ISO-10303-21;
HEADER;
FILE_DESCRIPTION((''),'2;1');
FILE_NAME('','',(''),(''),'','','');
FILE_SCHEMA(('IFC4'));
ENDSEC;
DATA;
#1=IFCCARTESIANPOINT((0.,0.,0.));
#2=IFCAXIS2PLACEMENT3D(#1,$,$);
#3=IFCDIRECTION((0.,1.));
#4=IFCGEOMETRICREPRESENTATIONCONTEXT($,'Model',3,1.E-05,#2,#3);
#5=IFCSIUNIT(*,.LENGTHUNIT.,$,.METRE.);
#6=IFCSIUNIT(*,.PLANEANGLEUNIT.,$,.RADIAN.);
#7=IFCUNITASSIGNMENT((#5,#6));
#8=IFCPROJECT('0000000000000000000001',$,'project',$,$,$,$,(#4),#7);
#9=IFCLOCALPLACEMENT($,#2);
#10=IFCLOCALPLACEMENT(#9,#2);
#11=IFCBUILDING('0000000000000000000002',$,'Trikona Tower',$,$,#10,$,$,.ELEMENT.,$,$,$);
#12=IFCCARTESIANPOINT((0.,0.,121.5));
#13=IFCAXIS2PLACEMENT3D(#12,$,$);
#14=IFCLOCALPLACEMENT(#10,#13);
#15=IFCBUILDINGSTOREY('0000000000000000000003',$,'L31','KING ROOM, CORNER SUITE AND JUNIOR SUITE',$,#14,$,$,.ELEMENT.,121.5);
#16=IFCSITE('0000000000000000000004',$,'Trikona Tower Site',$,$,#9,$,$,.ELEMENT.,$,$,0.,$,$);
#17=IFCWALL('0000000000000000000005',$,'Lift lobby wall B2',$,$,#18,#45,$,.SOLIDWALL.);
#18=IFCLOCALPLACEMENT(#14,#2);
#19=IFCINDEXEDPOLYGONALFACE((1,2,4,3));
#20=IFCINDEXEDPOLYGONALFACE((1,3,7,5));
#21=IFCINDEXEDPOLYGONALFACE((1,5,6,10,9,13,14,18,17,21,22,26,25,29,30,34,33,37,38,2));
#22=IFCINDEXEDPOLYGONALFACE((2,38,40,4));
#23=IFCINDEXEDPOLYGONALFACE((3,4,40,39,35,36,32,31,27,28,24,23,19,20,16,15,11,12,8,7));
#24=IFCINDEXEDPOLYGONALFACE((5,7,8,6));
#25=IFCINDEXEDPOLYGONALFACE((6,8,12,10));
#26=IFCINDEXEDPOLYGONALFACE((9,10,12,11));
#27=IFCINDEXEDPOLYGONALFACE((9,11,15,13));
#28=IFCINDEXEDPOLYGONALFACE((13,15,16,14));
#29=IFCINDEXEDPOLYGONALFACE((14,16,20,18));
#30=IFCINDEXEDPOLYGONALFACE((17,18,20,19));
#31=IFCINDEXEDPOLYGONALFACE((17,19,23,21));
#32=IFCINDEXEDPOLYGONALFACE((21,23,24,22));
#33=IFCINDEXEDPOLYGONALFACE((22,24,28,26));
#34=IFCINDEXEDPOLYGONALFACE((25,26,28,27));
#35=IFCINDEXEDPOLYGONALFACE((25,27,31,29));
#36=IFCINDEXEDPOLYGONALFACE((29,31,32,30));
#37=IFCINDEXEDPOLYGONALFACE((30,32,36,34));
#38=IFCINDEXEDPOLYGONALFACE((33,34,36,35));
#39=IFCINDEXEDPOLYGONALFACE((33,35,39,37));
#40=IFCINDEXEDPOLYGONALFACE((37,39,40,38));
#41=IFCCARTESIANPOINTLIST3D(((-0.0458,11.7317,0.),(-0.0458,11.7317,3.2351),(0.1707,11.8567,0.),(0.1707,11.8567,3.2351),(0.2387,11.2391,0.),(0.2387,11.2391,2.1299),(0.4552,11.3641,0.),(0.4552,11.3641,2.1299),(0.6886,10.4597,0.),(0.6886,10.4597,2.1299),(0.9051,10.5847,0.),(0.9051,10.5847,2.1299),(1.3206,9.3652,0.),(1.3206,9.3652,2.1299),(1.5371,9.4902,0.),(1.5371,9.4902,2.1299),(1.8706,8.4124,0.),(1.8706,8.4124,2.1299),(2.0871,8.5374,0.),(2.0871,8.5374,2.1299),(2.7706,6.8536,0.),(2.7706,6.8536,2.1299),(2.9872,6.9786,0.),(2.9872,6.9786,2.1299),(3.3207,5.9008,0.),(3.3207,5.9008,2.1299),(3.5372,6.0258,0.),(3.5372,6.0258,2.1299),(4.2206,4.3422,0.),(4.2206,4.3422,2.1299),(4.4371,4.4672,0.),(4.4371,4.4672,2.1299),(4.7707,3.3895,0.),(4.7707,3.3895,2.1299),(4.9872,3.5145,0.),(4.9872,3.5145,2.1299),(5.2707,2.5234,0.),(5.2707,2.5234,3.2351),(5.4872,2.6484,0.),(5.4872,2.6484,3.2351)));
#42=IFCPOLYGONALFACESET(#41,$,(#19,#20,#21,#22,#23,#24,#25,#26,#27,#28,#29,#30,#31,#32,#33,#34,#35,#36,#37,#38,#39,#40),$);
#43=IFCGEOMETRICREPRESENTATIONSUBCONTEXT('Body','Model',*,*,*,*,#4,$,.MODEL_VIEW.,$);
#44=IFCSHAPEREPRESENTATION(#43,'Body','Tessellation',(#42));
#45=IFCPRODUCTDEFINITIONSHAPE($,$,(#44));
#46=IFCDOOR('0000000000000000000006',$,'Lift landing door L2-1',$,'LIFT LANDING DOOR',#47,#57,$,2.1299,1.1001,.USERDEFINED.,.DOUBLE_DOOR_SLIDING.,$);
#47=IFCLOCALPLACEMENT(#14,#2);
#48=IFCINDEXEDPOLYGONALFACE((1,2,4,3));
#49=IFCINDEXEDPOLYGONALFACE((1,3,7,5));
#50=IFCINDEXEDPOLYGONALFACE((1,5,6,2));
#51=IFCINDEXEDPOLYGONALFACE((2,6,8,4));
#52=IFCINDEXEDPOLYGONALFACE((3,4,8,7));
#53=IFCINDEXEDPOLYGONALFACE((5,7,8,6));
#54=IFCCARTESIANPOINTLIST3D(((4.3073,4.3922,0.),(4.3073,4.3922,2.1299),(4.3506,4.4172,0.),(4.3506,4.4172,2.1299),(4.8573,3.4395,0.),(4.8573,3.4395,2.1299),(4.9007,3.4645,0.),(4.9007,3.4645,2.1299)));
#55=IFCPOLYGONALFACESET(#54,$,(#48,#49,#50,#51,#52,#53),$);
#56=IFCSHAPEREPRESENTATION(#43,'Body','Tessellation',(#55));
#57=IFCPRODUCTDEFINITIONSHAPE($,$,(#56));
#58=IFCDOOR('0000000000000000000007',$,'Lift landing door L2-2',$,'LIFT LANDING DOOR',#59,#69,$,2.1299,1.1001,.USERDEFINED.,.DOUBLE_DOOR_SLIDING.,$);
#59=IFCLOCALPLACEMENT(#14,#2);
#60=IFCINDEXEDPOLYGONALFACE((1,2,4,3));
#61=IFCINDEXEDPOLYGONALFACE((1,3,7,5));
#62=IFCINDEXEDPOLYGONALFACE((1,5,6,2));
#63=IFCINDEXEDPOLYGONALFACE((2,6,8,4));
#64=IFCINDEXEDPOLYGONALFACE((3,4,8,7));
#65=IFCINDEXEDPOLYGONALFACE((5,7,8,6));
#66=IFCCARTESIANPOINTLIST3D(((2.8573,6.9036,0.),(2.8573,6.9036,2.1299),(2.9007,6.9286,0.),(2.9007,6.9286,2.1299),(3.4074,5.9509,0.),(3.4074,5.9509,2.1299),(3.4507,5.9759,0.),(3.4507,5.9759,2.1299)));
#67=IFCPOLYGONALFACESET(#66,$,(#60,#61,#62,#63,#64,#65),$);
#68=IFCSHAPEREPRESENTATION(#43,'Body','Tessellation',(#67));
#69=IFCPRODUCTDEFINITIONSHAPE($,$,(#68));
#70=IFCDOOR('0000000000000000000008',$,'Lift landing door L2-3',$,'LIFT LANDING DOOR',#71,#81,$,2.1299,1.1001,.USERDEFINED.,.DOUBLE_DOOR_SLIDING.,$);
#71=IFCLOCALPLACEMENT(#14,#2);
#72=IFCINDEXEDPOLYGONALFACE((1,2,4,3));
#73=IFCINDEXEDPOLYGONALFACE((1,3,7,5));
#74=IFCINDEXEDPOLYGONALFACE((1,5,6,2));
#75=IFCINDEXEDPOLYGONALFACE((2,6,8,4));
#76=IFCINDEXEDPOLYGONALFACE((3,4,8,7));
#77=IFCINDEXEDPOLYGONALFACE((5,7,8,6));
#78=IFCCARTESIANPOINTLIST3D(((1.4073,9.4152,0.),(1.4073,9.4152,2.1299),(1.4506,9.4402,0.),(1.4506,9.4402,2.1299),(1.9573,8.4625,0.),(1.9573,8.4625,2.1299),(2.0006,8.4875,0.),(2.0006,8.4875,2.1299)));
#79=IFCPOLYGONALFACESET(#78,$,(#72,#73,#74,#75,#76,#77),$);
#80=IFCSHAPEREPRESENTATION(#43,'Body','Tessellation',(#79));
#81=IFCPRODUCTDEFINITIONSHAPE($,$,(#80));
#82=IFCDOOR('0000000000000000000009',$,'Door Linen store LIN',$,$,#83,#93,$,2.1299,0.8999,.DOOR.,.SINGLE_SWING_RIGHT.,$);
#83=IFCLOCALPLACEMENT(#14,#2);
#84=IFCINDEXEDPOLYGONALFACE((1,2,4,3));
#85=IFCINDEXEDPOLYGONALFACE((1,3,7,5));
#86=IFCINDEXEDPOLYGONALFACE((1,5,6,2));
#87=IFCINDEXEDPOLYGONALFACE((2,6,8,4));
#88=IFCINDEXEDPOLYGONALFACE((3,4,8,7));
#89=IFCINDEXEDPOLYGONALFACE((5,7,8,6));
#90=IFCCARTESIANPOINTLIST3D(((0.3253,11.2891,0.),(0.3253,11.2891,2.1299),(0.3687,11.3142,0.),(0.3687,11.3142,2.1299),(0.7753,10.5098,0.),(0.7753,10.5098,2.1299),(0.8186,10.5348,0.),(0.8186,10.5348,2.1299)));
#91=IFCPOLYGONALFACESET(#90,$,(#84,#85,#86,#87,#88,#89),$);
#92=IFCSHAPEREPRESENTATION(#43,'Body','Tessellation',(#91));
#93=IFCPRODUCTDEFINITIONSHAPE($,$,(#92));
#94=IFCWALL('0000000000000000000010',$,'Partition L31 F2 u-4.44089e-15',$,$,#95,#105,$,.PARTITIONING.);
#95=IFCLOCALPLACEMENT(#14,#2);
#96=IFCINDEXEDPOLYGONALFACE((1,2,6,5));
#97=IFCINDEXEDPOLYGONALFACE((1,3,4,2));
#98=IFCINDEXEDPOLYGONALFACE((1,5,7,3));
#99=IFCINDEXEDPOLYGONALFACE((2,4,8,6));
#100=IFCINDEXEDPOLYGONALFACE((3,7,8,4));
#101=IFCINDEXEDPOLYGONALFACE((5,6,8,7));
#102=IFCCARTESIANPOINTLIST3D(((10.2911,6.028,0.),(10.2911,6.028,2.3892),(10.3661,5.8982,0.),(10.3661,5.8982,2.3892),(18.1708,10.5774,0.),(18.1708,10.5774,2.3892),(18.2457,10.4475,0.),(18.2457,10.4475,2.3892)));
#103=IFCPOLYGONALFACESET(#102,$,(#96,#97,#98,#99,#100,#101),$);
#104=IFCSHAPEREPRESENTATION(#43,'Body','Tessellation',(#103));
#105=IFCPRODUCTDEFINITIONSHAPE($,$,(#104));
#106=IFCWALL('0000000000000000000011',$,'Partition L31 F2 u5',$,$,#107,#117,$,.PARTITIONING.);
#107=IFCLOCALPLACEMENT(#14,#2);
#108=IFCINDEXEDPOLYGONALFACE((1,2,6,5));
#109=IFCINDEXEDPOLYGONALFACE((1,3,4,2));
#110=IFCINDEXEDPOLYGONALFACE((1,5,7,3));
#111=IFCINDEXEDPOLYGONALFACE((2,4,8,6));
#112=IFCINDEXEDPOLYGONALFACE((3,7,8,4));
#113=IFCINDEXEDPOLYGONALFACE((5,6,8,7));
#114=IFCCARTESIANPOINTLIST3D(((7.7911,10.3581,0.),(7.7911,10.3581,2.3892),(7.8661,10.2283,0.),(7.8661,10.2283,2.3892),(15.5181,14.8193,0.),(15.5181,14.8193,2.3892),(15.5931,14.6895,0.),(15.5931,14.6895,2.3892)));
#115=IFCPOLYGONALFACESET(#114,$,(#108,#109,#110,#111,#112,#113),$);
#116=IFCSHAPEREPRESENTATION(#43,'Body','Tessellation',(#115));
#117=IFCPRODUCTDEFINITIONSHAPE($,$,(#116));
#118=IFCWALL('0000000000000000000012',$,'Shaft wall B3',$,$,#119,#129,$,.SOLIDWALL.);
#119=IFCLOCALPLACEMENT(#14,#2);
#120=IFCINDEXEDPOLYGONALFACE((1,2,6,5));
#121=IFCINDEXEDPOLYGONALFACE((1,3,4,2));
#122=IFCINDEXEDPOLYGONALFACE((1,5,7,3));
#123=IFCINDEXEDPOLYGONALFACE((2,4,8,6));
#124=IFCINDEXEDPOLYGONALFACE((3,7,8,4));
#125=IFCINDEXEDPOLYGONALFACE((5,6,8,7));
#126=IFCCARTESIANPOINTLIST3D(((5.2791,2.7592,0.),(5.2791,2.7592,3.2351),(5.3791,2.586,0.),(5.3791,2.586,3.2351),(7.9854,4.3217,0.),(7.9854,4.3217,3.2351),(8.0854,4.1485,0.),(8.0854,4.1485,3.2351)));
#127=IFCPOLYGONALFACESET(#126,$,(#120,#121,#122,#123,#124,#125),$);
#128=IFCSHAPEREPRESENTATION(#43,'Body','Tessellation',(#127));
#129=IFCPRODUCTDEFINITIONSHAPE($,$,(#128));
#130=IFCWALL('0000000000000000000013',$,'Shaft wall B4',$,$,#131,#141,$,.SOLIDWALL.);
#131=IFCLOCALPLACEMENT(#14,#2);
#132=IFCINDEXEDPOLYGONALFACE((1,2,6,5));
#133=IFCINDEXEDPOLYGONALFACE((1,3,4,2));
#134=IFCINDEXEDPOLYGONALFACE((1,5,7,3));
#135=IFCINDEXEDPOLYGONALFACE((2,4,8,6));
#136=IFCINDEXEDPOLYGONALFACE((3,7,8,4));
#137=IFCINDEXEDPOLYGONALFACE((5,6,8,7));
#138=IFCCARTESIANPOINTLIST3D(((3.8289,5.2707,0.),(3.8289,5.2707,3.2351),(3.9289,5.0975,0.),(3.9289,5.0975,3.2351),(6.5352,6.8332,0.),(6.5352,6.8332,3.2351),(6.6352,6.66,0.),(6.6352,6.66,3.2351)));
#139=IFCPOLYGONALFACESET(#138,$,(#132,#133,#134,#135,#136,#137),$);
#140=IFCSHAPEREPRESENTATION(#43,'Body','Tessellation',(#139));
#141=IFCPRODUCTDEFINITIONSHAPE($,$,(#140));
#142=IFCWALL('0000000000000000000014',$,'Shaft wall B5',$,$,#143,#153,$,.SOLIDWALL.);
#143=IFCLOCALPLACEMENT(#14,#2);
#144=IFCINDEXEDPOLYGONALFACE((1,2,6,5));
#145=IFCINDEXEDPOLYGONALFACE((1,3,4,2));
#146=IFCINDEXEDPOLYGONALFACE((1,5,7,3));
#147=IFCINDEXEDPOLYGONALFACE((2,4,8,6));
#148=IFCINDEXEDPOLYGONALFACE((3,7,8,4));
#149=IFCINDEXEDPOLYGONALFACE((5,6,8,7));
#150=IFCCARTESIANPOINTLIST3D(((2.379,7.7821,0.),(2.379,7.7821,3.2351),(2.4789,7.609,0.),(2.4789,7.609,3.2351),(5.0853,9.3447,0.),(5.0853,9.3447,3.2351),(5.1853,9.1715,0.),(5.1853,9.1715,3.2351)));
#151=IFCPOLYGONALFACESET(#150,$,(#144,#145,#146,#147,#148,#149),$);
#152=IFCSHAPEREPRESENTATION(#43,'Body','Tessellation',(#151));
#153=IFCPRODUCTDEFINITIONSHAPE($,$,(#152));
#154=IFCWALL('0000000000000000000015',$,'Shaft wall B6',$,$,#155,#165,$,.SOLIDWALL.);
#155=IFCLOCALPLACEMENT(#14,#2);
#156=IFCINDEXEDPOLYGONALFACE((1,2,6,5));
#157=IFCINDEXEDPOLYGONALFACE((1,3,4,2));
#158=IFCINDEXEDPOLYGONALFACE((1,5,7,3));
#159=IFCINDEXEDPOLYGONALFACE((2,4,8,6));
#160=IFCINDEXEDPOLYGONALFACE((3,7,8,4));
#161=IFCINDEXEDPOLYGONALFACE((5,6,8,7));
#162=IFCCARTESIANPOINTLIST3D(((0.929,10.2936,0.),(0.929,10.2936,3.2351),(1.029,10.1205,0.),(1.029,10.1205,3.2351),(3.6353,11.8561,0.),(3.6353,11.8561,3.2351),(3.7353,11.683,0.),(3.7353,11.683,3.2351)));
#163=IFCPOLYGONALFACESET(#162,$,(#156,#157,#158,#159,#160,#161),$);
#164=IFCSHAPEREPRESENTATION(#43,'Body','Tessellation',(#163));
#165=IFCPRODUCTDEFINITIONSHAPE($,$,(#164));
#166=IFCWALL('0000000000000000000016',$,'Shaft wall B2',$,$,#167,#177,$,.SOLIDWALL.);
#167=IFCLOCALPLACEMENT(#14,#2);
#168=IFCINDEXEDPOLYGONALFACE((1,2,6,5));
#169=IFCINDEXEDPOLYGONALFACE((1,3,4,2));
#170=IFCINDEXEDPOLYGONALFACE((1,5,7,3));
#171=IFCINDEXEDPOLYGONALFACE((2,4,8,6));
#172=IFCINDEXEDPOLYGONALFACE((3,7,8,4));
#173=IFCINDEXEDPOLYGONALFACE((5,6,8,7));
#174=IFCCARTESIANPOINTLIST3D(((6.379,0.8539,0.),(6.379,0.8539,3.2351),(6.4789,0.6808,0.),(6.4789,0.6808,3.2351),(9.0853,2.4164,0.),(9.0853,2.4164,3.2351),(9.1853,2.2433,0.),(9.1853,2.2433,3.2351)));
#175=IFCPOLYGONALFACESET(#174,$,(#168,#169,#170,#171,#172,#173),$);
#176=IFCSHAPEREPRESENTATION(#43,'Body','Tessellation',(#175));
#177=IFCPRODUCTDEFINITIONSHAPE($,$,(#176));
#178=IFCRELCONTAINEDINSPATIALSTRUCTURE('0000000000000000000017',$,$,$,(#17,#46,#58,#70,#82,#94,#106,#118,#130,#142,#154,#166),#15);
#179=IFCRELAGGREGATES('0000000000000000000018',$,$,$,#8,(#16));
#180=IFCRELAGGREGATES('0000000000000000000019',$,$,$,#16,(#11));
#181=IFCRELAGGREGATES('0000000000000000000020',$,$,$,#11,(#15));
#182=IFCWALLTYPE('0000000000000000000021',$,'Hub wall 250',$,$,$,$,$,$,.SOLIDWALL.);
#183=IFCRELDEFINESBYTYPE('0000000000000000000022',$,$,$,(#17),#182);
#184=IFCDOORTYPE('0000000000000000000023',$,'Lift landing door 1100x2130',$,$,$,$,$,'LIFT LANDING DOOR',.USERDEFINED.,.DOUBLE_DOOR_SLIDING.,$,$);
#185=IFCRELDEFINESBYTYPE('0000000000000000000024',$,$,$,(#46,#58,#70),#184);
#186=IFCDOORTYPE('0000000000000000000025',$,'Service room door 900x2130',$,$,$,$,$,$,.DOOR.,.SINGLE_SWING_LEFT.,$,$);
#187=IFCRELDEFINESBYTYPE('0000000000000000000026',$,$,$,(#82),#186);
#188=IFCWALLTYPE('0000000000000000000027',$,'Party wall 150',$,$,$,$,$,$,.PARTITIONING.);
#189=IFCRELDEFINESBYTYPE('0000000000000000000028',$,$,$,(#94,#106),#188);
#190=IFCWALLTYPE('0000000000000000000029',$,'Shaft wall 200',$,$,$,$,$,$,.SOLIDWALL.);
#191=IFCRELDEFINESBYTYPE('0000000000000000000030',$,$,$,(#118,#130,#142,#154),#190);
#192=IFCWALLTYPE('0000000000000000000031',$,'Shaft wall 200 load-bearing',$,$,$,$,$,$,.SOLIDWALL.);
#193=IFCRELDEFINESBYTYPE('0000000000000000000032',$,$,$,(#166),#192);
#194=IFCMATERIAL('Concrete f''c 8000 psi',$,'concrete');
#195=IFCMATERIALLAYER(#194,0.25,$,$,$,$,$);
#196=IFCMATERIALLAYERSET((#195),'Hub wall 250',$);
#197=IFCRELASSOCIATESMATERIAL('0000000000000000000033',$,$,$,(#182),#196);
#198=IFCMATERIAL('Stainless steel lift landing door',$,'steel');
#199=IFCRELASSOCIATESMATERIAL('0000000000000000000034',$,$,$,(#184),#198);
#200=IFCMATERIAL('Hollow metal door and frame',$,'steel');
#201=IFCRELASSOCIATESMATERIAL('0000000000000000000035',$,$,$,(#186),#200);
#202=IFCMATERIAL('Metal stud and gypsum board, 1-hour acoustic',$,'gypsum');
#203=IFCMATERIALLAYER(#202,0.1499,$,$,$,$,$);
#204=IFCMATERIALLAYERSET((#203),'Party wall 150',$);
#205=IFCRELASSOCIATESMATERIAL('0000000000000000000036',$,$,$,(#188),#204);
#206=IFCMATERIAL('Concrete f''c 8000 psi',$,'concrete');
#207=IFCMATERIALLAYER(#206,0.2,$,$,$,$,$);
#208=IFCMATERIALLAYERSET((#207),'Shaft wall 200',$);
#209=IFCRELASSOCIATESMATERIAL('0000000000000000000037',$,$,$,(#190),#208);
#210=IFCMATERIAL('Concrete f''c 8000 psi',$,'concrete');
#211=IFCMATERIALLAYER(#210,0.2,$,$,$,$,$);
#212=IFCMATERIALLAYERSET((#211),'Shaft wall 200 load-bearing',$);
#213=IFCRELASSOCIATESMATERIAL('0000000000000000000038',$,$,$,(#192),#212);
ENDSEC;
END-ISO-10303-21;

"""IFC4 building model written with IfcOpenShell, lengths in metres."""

from ifc_helpers import new_model, si_unit, direction, frame, frame_2d, origin, place, context, subcontext, project, spatial, rectangle, extrude, material, layer, layer_set, type_object, element, fill, save


model = new_model("IFC4")

# Units and contexts
model_context = context("Model", 3, precision=1e-05, world=origin(), true_north=direction((0.0, 1.0)))
body_context = subcontext(model_context, "Body", "Model", "MODEL_VIEW")
ifc_project = project(units=[si_unit("LENGTHUNIT", "METRE"), si_unit("PLANEANGLEUNIT", "RADIAN")], contexts=[model_context])

# Site, building, storey
site_placement = place(None, origin())
site = spatial("IfcSite", under=ifc_project, at=site_placement, Name="Trikona Tower Site", CompositionType="ELEMENT", RefElevation=0.0)
building_placement = place(site_placement, origin())
building = spatial("IfcBuilding", under=site, at=building_placement, Name="Trikona Tower", CompositionType="ELEMENT")
storey_placement = place(building_placement, frame((0.0, 0.0, 121.5)))
storey = spatial("IfcBuildingStorey", under=building, at=storey_placement, Name="L31", Description="KING ROOM, CORNER SUITE AND JUNIOR SUITE", CompositionType="ELEMENT", Elevation=121.5)

# Wall, openings, doors
ifc_material_1 = material(Name="Concrete f'c 8000 psi", Category="concrete")
ifc_layer_1 = layer(ifc_material_1, 0.25)
ifc_layer_set_1 = layer_set([ifc_layer_1], Name="Hub wall 250")
wall_type_1 = type_object("IfcWallType", Name="Hub wall 250", PredefinedType="SOLIDWALL", material=ifc_layer_set_1)
wall_1_placement = place(storey_placement, frame((5.3789, 2.5859, 0.0), z_axis=(0.0, 0.0, 1.0), x_axis=(-0.500001, 0.866025, 0.0)))
wall_1 = element("IfcWall", 1, at=wall_1_placement, inside=storey, type_object=wall_type_1, Name="Lift lobby wall B2", PredefinedType="SOLIDWALL", context=body_context, shape_type="SweptSolid", body=[
    extrude(rectangle(XDim=10.6328, YDim=0.25, at=frame_2d((5.3164, 0.0))), origin(), (0.0, 0.0, 1.0), 3.2351),
])
opening_1_placement = place(wall_1_placement, frame((9.1641, 0.0, 0.0)))
opening_1 = element("IfcOpeningElement", 2, at=opening_1_placement, cuts=wall_1, PredefinedType="OPENING", context=body_context, shape_type="SweptSolid", body=[
    extrude(rectangle(XDim=0.8999, YDim=2.1299, at=frame_2d((0.45, 1.0649))), frame((0.0, 0.135, 0.0), z_axis=(0.0, -1.0, 0.0), x_axis=(1.0, 0.0, 0.0)), (0.0, 0.0, 1.0), 0.27),
])
opening_2_placement = place(wall_1_placement, frame((1.0, 0.0, 0.0)))
opening_2 = element("IfcOpeningElement", 3, at=opening_2_placement, cuts=wall_1, PredefinedType="OPENING", context=body_context, shape_type="SweptSolid", body=[
    extrude(rectangle(XDim=1.1001, YDim=2.1299, at=frame_2d((0.55, 1.0649))), frame((0.0, 0.135, 0.0), z_axis=(0.0, -1.0, 0.0), x_axis=(1.0, 0.0, 0.0)), (0.0, 0.0, 1.0), 0.27),
])
opening_3_placement = place(wall_1_placement, frame((3.8999, 0.0, 0.0)))
opening_3 = element("IfcOpeningElement", 4, at=opening_3_placement, cuts=wall_1, PredefinedType="OPENING", context=body_context, shape_type="SweptSolid", body=[
    extrude(rectangle(XDim=1.1001, YDim=2.1299, at=frame_2d((0.55, 1.0649))), frame((0.0, 0.135, 0.0), z_axis=(0.0, -1.0, 0.0), x_axis=(1.0, 0.0, 0.0)), (0.0, 0.0, 1.0), 0.27),
])
opening_4_placement = place(wall_1_placement, frame((6.8, 0.0, 0.0)))
opening_4 = element("IfcOpeningElement", 5, at=opening_4_placement, cuts=wall_1, PredefinedType="OPENING", context=body_context, shape_type="SweptSolid", body=[
    extrude(rectangle(XDim=1.1001, YDim=2.1299, at=frame_2d((0.55, 1.0649))), frame((0.0, 0.135, 0.0), z_axis=(0.0, -1.0, 0.0), x_axis=(1.0, 0.0, 0.0)), (0.0, 0.0, 1.0), 0.27),
])
ifc_material_2 = material(Name="Stainless steel lift landing door", Category="steel")
door_type_1 = type_object("IfcDoorType", Name="Lift landing door 1100x2130", ElementType="LIFT LANDING DOOR", OperationType="DOUBLE_DOOR_SLIDING", PredefinedType="USERDEFINED", material=ifc_material_2)
door_1_placement = place(opening_2_placement, origin())
door_1 = element("IfcDoor", 6, at=door_1_placement, inside=storey, type_object=door_type_1, Name="Lift landing door L2-1", ObjectType="LIFT LANDING DOOR", OperationType="DOUBLE_DOOR_SLIDING", OverallHeight=2.1299, OverallWidth=1.1001, PredefinedType="USERDEFINED", context=body_context, shape_type="SweptSolid", body=[
    extrude(rectangle(XDim=1.1001, YDim=2.1299, at=frame_2d((0.55, 1.0649))), frame((0.0, 0.0249, 0.0), z_axis=(0.0, -1.0, 0.0), x_axis=(1.0, 0.0, 0.0)), (0.0, 0.0, 1.0), 0.05),
])
fill(opening_2, door_1)
door_2_placement = place(opening_3_placement, origin())
door_2 = element("IfcDoor", 7, at=door_2_placement, inside=storey, type_object=door_type_1, Name="Lift landing door L2-2", ObjectType="LIFT LANDING DOOR", OperationType="DOUBLE_DOOR_SLIDING", OverallHeight=2.1299, OverallWidth=1.1001, PredefinedType="USERDEFINED", context=body_context, shape_type="SweptSolid", body=[
    extrude(rectangle(XDim=1.1001, YDim=2.1299, at=frame_2d((0.55, 1.0649))), frame((0.0, 0.0249, 0.0), z_axis=(0.0, -1.0, 0.0), x_axis=(1.0, 0.0, 0.0)), (0.0, 0.0, 1.0), 0.05),
])
fill(opening_3, door_2)
door_3_placement = place(opening_4_placement, origin())
door_3 = element("IfcDoor", 8, at=door_3_placement, inside=storey, type_object=door_type_1, Name="Lift landing door L2-3", ObjectType="LIFT LANDING DOOR", OperationType="DOUBLE_DOOR_SLIDING", OverallHeight=2.1299, OverallWidth=1.1001, PredefinedType="USERDEFINED", context=body_context, shape_type="SweptSolid", body=[
    extrude(rectangle(XDim=1.1001, YDim=2.1299, at=frame_2d((0.55, 1.0649))), frame((0.0, 0.0249, 0.0), z_axis=(0.0, -1.0, 0.0), x_axis=(1.0, 0.0, 0.0)), (0.0, 0.0, 1.0), 0.05),
])
fill(opening_4, door_3)
ifc_material_3 = material(Name="Hollow metal door and frame", Category="steel")
door_type_2 = type_object("IfcDoorType", Name="Service room door 900x2130", OperationType="SINGLE_SWING_LEFT", PredefinedType="DOOR", material=ifc_material_3)
door_4_placement = place(opening_1_placement, origin())
door_4 = element("IfcDoor", 9, at=door_4_placement, inside=storey, type_object=door_type_2, Name="Door Linen store LIN", OperationType="SINGLE_SWING_RIGHT", OverallHeight=2.1299, OverallWidth=0.8999, PredefinedType="DOOR", context=body_context, shape_type="SweptSolid", body=[
    extrude(rectangle(XDim=0.8999, YDim=2.1299, at=frame_2d((0.45, 1.0649))), frame((0.0, 0.0249, 0.0), z_axis=(0.0, -1.0, 0.0), x_axis=(1.0, 0.0, 0.0)), (0.0, 0.0, 1.0), 0.05),
])
fill(opening_1, door_4)

# Walls
ifc_material_4 = material(Name="Metal stud and gypsum board, 1-hour acoustic", Category="gypsum")
ifc_layer_2 = layer(ifc_material_4, 0.1499)
ifc_layer_set_2 = layer_set([ifc_layer_2], Name="Party wall 150")
wall_type_2 = type_object("IfcWallType", Name="Party wall 150", PredefinedType="PARTITIONING", material=ifc_layer_set_2)
wall_2_placement = place(storey_placement, frame((10.3286, 5.9631, 0.0), z_axis=(0.0, 0.0, 1.0), x_axis=(0.866025, 0.5, 0.0)))
element("IfcWall", 10, at=wall_2_placement, inside=storey, type_object=wall_type_2, Name="Partition L31 F2 u-4.44089e-15", PredefinedType="PARTITIONING", context=body_context, shape_type="SweptSolid", body=[
    extrude(rectangle(XDim=9.0986, YDim=0.1499, at=frame_2d((4.5493, 0.0))), origin(), (0.0, 0.0, 1.0), 2.3892),
])
wall_3_placement = place(storey_placement, frame((7.8286, 10.2932, 0.0), z_axis=(0.0, 0.0, 1.0), x_axis=(0.866027, 0.499997, 0.0)))
element("IfcWall", 11, at=wall_3_placement, inside=storey, type_object=wall_type_2, Name="Partition L31 F2 u5", PredefinedType="PARTITIONING", context=body_context, shape_type="SweptSolid", body=[
    extrude(rectangle(XDim=8.9224, YDim=0.1499, at=frame_2d((4.4612, 0.0))), origin(), (0.0, 0.0, 1.0), 2.3892),
])
ifc_material_5 = material(Name="Concrete f'c 8000 psi", Category="concrete")
ifc_layer_3 = layer(ifc_material_5, 0.2)
ifc_layer_set_3 = layer_set([ifc_layer_3], Name="Shaft wall 200")
wall_type_3 = type_object("IfcWallType", Name="Shaft wall 200", PredefinedType="SOLIDWALL", material=ifc_layer_set_3)
for number, where, z_axis, x_axis, name in (
    (12, (5.3291, 2.6726, 0.0), (0.0, 0.0, 1.0), (0.866023, 0.500004, 0.0), "Shaft wall B3"),
    (13, (3.8789, 5.1841, 0.0), (0.0, 0.0, 1.0), (0.866023, 0.500004, 0.0), "Shaft wall B4"),
    (14, (2.429, 7.6956, 0.0), (0.0, 0.0, 1.0), (0.866023, 0.500004, 0.0), "Shaft wall B5"),
    (15, (0.979, 10.207, 0.0), (0.0, 0.0, 1.0), (0.866023, 0.500004, 0.0), "Shaft wall B6"),
):
    element("IfcWall", number, at=place(storey_placement, frame(where, z_axis=z_axis, x_axis=x_axis)), inside=storey, type_object=wall_type_3, Name=name, PredefinedType="SOLIDWALL", context=body_context, shape_type="SweptSolid", body=[
        extrude(rectangle(XDim=3.125, YDim=0.2, at=frame_2d((1.5625, 0.0))), origin(), (0.0, 0.0, 1.0), 3.2351),
    ])
ifc_material_6 = material(Name="Concrete f'c 8000 psi", Category="concrete")
ifc_layer_4 = layer(ifc_material_6, 0.2)
ifc_layer_set_4 = layer_set([ifc_layer_4], Name="Shaft wall 200 load-bearing")
wall_type_4 = type_object("IfcWallType", Name="Shaft wall 200 load-bearing", PredefinedType="SOLIDWALL", material=ifc_layer_set_4)
wall_4_placement = place(storey_placement, frame((6.429, 0.7673, 0.0), z_axis=(0.0, 0.0, 1.0), x_axis=(0.866023, 0.500004, 0.0)))
element("IfcWall", 16, at=wall_4_placement, inside=storey, type_object=wall_type_4, Name="Shaft wall B2", PredefinedType="SOLIDWALL", context=body_context, shape_type="SweptSolid", body=[
    extrude(rectangle(XDim=3.125, YDim=0.2, at=frame_2d((1.5625, 0.0))), origin(), (0.0, 0.0, 1.0), 3.2351),
])

save(model, "model.ifc")
